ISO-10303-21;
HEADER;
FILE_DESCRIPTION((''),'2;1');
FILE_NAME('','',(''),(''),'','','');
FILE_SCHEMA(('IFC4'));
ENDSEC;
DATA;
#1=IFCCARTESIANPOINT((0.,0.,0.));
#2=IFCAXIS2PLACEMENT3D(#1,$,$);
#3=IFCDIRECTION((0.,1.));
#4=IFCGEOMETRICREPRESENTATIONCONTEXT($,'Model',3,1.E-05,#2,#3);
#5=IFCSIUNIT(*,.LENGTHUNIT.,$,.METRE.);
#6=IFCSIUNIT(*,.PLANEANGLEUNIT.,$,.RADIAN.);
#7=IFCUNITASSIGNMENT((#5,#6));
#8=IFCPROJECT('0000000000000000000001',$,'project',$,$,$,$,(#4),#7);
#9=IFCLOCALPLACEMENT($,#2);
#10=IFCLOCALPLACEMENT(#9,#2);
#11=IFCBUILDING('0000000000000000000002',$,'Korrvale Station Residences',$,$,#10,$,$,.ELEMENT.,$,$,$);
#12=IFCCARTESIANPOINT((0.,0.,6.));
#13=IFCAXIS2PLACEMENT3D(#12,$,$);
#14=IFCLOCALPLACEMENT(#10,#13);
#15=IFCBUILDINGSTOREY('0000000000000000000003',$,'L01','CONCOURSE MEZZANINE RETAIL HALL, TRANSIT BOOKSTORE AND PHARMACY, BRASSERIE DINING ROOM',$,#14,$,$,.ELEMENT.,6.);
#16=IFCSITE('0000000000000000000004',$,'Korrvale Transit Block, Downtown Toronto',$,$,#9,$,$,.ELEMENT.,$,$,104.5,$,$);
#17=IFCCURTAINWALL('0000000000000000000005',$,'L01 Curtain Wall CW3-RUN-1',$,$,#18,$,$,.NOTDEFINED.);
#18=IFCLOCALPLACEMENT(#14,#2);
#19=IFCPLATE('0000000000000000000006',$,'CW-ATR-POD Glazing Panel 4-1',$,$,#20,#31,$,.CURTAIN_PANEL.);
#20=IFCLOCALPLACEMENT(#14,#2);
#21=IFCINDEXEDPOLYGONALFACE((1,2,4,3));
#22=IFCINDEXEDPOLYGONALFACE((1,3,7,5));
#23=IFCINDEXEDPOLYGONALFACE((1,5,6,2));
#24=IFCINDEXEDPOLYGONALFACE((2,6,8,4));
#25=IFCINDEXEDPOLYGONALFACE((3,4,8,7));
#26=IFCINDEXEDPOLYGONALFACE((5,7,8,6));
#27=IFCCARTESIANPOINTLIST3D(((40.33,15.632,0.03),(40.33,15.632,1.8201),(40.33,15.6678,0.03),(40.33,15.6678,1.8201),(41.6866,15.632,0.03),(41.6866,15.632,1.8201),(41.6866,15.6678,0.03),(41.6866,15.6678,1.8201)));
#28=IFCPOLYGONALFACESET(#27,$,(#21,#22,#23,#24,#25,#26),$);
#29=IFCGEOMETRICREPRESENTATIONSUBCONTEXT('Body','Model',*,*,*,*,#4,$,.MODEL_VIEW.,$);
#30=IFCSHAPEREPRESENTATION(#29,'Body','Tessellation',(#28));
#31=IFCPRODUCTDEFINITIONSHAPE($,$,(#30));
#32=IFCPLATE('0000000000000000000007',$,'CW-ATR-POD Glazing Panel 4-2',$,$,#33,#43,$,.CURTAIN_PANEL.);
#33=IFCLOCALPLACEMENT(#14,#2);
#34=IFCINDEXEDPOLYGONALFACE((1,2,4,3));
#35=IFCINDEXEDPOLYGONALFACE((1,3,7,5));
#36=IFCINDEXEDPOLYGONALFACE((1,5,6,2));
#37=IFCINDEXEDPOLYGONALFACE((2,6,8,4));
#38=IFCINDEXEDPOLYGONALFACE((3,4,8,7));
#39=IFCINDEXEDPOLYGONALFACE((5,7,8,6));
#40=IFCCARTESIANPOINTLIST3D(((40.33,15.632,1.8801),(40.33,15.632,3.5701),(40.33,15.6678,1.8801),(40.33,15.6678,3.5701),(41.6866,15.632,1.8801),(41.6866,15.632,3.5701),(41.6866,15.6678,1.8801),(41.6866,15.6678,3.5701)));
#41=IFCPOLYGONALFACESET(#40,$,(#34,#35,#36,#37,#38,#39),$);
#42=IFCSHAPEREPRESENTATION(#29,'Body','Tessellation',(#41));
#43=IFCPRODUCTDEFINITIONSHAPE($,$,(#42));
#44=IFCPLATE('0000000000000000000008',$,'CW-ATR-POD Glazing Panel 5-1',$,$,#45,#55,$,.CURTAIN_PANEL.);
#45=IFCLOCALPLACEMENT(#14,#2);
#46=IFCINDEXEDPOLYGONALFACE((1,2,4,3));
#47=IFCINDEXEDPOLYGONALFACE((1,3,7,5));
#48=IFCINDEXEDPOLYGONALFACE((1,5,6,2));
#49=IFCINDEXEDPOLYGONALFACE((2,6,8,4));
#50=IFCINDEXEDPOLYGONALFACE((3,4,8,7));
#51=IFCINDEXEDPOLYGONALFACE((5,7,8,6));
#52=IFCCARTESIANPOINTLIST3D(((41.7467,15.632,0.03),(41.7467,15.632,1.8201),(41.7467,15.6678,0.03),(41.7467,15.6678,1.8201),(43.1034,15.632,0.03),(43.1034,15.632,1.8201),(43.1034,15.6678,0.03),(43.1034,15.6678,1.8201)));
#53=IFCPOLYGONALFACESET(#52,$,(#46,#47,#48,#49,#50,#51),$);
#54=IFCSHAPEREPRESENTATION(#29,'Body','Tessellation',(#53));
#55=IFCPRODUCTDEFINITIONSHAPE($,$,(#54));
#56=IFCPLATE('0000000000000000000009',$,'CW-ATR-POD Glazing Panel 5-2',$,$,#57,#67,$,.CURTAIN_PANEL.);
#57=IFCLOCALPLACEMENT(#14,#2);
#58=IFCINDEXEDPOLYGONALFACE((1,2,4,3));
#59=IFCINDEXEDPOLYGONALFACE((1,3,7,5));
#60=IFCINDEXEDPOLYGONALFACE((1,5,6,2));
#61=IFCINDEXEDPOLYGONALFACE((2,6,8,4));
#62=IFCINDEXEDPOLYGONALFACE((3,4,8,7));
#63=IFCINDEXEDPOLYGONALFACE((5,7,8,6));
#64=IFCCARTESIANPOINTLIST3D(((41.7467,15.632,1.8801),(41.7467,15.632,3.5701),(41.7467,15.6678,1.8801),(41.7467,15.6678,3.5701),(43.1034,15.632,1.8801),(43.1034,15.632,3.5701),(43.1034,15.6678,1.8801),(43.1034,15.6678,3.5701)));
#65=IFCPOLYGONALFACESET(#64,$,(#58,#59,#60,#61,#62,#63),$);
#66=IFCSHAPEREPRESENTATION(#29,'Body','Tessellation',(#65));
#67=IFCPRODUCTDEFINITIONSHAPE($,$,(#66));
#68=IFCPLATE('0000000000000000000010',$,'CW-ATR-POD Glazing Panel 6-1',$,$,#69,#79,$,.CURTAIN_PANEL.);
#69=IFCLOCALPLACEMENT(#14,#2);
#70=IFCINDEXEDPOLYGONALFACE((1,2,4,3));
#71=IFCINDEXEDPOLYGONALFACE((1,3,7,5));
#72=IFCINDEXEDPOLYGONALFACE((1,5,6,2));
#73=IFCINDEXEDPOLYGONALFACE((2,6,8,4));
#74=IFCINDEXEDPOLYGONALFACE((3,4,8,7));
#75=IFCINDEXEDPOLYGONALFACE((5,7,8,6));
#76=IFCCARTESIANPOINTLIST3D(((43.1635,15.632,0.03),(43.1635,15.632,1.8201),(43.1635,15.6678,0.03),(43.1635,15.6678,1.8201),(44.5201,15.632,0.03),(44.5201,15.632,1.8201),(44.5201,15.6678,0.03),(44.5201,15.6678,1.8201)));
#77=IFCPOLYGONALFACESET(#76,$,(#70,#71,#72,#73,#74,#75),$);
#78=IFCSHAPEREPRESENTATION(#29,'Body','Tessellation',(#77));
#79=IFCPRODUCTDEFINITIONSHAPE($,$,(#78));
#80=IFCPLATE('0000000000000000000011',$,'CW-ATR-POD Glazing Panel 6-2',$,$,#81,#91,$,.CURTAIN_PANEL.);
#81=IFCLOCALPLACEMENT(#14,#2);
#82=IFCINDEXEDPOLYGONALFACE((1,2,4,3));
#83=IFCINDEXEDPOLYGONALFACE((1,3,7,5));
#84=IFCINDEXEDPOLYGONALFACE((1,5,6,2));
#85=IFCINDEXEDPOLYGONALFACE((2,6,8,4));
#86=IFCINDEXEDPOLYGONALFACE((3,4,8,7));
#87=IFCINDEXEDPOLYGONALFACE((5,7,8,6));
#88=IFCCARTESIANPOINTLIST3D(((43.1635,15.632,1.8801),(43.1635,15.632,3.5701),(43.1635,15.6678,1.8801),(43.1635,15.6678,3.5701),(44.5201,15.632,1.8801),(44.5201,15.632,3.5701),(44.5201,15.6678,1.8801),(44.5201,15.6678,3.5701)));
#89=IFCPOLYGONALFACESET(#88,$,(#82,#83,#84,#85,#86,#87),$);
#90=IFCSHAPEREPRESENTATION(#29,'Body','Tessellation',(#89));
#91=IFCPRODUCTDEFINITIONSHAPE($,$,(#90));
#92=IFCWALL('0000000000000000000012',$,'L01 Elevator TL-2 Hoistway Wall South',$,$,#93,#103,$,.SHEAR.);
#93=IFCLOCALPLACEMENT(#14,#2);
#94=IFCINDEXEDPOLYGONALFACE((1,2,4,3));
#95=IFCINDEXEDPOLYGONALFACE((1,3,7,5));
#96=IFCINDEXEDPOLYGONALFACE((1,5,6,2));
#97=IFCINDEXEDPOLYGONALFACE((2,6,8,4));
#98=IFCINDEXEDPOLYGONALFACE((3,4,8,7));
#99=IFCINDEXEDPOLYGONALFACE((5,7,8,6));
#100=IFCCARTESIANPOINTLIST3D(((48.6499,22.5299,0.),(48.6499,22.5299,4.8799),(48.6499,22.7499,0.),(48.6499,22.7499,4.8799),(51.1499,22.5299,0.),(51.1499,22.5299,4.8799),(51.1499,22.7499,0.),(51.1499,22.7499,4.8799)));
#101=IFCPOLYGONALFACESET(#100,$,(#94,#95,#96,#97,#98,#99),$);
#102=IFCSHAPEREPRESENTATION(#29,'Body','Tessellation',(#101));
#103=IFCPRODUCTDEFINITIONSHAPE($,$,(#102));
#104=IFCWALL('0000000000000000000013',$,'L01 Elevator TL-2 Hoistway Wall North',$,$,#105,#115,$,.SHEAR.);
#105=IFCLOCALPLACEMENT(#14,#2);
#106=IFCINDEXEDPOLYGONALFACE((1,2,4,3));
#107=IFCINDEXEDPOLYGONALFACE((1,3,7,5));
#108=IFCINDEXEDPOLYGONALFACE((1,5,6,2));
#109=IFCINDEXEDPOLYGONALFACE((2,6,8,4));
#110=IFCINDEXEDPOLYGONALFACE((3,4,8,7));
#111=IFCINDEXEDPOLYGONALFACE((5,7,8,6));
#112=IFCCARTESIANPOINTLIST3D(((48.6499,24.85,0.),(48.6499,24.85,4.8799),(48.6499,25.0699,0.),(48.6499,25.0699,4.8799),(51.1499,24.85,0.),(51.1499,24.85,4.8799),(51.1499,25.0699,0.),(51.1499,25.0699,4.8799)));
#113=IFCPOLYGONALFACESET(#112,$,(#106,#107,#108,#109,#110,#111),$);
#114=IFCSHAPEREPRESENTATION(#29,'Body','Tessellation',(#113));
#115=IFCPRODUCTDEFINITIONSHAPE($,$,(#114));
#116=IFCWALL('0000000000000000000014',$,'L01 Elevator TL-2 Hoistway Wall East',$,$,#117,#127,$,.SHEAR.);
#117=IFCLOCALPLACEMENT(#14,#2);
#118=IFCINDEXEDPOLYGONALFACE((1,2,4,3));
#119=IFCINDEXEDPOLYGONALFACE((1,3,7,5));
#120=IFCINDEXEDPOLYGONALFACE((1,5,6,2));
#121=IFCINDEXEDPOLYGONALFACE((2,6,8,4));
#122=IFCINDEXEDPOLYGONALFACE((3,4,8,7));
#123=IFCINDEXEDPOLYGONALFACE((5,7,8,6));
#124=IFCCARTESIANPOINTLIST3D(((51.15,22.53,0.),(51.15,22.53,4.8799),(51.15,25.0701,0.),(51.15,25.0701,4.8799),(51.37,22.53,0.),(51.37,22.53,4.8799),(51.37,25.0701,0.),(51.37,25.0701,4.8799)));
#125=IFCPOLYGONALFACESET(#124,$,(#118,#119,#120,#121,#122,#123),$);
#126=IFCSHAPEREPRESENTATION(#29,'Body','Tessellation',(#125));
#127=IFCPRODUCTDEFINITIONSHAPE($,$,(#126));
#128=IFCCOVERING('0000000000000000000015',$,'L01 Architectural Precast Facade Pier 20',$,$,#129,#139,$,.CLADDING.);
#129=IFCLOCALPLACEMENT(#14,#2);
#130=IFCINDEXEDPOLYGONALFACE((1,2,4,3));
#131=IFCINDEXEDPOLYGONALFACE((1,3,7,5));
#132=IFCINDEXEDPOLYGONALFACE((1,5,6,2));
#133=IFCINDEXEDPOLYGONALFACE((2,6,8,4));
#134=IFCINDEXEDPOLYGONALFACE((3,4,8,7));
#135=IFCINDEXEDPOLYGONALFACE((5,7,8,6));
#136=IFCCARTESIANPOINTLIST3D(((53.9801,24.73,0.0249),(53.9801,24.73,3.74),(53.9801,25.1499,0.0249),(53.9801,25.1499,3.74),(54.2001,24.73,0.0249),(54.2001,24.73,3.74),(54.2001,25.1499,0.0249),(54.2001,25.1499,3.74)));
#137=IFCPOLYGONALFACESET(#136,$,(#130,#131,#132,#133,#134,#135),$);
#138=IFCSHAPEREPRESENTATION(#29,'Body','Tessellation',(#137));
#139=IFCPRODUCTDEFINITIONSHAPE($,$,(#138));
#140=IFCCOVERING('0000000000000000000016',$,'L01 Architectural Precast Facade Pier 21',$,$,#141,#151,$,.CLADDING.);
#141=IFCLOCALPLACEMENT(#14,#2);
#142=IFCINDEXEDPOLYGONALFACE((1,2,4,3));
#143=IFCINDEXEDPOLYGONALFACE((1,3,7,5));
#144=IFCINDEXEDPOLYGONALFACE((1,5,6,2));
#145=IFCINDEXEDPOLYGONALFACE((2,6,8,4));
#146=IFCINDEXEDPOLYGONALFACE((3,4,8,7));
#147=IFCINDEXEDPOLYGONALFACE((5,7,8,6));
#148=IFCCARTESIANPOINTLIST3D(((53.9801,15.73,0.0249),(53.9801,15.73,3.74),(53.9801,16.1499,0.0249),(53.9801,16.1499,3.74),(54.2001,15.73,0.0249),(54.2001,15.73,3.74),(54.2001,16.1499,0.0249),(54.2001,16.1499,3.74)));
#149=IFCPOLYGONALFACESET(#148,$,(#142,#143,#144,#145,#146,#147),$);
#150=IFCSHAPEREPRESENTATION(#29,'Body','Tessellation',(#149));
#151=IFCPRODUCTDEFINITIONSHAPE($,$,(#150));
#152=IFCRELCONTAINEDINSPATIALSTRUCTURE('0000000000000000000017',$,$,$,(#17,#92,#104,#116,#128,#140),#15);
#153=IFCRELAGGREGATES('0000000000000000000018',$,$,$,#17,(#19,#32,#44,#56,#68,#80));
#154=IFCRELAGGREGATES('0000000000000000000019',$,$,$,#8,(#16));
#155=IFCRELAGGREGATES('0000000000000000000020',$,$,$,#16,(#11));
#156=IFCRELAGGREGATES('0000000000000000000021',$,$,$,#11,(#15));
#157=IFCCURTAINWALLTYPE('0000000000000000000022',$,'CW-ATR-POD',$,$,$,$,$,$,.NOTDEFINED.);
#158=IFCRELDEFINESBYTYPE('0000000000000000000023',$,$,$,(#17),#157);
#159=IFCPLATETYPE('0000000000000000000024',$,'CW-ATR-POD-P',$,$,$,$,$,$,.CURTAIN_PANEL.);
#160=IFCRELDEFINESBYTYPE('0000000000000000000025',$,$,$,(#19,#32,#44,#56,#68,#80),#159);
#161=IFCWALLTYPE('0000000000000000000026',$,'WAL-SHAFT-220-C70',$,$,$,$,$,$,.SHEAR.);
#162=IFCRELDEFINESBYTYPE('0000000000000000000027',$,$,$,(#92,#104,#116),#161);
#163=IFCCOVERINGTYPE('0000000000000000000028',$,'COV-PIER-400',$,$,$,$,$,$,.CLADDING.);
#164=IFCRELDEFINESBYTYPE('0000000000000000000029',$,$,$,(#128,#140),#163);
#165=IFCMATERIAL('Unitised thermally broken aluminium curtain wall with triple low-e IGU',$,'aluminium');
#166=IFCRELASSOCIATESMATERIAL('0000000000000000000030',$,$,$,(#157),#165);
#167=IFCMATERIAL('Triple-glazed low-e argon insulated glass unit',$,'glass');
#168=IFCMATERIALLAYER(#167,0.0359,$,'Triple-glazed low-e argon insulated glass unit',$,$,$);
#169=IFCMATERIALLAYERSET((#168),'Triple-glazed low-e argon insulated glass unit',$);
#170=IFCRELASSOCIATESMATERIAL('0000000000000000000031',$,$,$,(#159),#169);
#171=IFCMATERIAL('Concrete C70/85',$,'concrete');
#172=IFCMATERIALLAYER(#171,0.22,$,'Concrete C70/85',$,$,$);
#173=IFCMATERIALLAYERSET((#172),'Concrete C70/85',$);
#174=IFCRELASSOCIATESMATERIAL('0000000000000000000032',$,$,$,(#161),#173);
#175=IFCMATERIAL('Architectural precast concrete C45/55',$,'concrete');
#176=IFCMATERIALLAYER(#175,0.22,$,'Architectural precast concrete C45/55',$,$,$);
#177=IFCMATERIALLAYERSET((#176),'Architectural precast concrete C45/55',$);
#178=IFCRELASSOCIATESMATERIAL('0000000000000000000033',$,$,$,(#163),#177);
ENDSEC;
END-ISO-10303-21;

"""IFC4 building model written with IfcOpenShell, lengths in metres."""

from ifc_helpers import new_model, si_unit, direction, frame, frame_2d, origin, origin_2d, place, context, subcontext, project, spatial, rectangle, extrude, material, layer, layer_set, type_object, element, aggregate, save


model = new_model("IFC4")

# Units and contexts
model_context = context("Model", 3, precision=1e-05, world=origin(), true_north=direction((0.0, 1.0)))
body_context = subcontext(model_context, "Body", "Model", "MODEL_VIEW")
ifc_project = project(units=[si_unit("LENGTHUNIT", "METRE"), si_unit("PLANEANGLEUNIT", "RADIAN")], contexts=[model_context])

# Site, building, storey
site_placement = place(None, origin())
site = spatial("IfcSite", under=ifc_project, at=site_placement, Name="Korrvale Transit Block, Downtown Toronto", CompositionType="ELEMENT", RefElevation=104.5)
building_placement = place(site_placement, origin())
building = spatial("IfcBuilding", under=site, at=building_placement, Name="Korrvale Station Residences", CompositionType="ELEMENT")
storey_placement = place(building_placement, frame((0.0, 0.0, 6.0)))
storey = spatial("IfcBuildingStorey", under=building, at=storey_placement, Name="L01", Description="CONCOURSE MEZZANINE RETAIL HALL, TRANSIT BOOKSTORE AND PHARMACY, BRASSERIE DINING ROOM", CompositionType="ELEMENT", Elevation=6.0)

# Shared definitions
ifc_material_1 = material(Name="Concrete C70/85", Category="concrete")

# Curtain wall, plates
ifc_material_2 = material(Name="Unitised thermally broken aluminium curtain wall with triple low-e IGU", Category="aluminium")
curtain_wall_type = type_object("IfcCurtainWallType", Name="CW-ATR-POD", PredefinedType="NOTDEFINED", material=ifc_material_2)
curtain_wall_placement = place(storey_placement, origin())
curtain_wall = element("IfcCurtainWall", 1, at=curtain_wall_placement, inside=storey, type_object=curtain_wall_type, Name="L01 Curtain Wall CW3-RUN-1", PredefinedType="NOTDEFINED")
ifc_material_3 = material(Name="Triple-glazed low-e argon insulated glass unit", Category="glass")
ifc_layer_1 = layer(ifc_material_3, 0.0359, Name="Triple-glazed low-e argon insulated glass unit")
ifc_layer_set_1 = layer_set([ifc_layer_1], Name="Triple-glazed low-e argon insulated glass unit")
plate_type = type_object("IfcPlateType", Name="CW-ATR-POD-P", PredefinedType="CURTAIN_PANEL", material=ifc_layer_set_1)
plate_1_placement = place(storey_placement, frame((41.0083, 15.6499, 0.03), z_axis=(0.0, 0.0, 1.0), x_axis=(1.0, 0.0, 0.0)))
plate_1 = element("IfcPlate", 2, at=plate_1_placement, type_object=plate_type, Name="CW-ATR-POD Glazing Panel 4-1", PredefinedType="CURTAIN_PANEL", context=body_context, shape_type="SweptSolid", body=[
    extrude(rectangle(XDim=1.3567, YDim=0.0359, at=origin_2d()), origin(), (0.0, 0.0, 1.0), 1.79),
])
plate_2_placement = place(storey_placement, frame((41.0083, 15.6499, 1.8801), z_axis=(0.0, 0.0, 1.0), x_axis=(1.0, 0.0, 0.0)))
plate_2 = element("IfcPlate", 3, at=plate_2_placement, type_object=plate_type, Name="CW-ATR-POD Glazing Panel 4-2", PredefinedType="CURTAIN_PANEL", context=body_context, shape_type="SweptSolid", body=[
    extrude(rectangle(XDim=1.3567, YDim=0.0359, at=origin_2d()), origin(), (0.0, 0.0, 1.0), 1.6899),
])
plate_3_placement = place(storey_placement, frame((42.425, 15.6499, 0.03), z_axis=(0.0, 0.0, 1.0), x_axis=(1.0, 0.0, 0.0)))
plate_3 = element("IfcPlate", 4, at=plate_3_placement, type_object=plate_type, Name="CW-ATR-POD Glazing Panel 5-1", PredefinedType="CURTAIN_PANEL", context=body_context, shape_type="SweptSolid", body=[
    extrude(rectangle(XDim=1.3567, YDim=0.0359, at=origin_2d()), origin(), (0.0, 0.0, 1.0), 1.79),
])
plate_4_placement = place(storey_placement, frame((42.425, 15.6499, 1.8801), z_axis=(0.0, 0.0, 1.0), x_axis=(1.0, 0.0, 0.0)))
plate_4 = element("IfcPlate", 5, at=plate_4_placement, type_object=plate_type, Name="CW-ATR-POD Glazing Panel 5-2", PredefinedType="CURTAIN_PANEL", context=body_context, shape_type="SweptSolid", body=[
    extrude(rectangle(XDim=1.3567, YDim=0.0359, at=origin_2d()), origin(), (0.0, 0.0, 1.0), 1.6899),
])
plate_5_placement = place(storey_placement, frame((43.8418, 15.6499, 0.03), z_axis=(0.0, 0.0, 1.0), x_axis=(1.0, 0.0, 0.0)))
plate_5 = element("IfcPlate", 6, at=plate_5_placement, type_object=plate_type, Name="CW-ATR-POD Glazing Panel 6-1", PredefinedType="CURTAIN_PANEL", context=body_context, shape_type="SweptSolid", body=[
    extrude(rectangle(XDim=1.3567, YDim=0.0359, at=origin_2d()), origin(), (0.0, 0.0, 1.0), 1.79),
])
plate_6_placement = place(storey_placement, frame((43.8418, 15.6499, 1.8801), z_axis=(0.0, 0.0, 1.0), x_axis=(1.0, 0.0, 0.0)))
plate_6 = element("IfcPlate", 7, at=plate_6_placement, type_object=plate_type, Name="CW-ATR-POD Glazing Panel 6-2", PredefinedType="CURTAIN_PANEL", context=body_context, shape_type="SweptSolid", body=[
    extrude(rectangle(XDim=1.3567, YDim=0.0359, at=origin_2d()), origin(), (0.0, 0.0, 1.0), 1.6899),
])
aggregate(curtain_wall, [plate_1, plate_2, plate_3, plate_4, plate_5, plate_6])

# Walls
ifc_layer_2 = layer(ifc_material_1, 0.22, Name="Concrete C70/85")
ifc_layer_set_2 = layer_set([ifc_layer_2], Name="Concrete C70/85")
wall_type = type_object("IfcWallType", Name="WAL-SHAFT-220-C70", PredefinedType="SHEAR", material=ifc_layer_set_2)
for number, where, z_axis, x_axis, name in (
    (8, (48.6499, 22.6399, 0.0), (0.0, 0.0, 1.0), (1.0, 0.0, 0.0), "L01 Elevator TL-2 Hoistway Wall South"),
    (9, (48.6499, 24.96, 0.0), (0.0, 0.0, 1.0), (1.0, 0.0, 0.0), "L01 Elevator TL-2 Hoistway Wall North"),
):
    element("IfcWall", number, at=place(storey_placement, frame(where, z_axis=z_axis, x_axis=x_axis)), inside=storey, type_object=wall_type, Name=name, PredefinedType="SHEAR", context=body_context, shape_type="SweptSolid", body=[
        extrude(rectangle(XDim=2.5, YDim=0.22, at=frame_2d((1.25, 0.0))), origin(), (0.0, 0.0, 1.0), 4.8799),
    ])

# Wall
wall_1_placement = place(storey_placement, frame((51.26, 22.53, 0.0), z_axis=(0.0, 0.0, 1.0), x_axis=(0.0, 1.0, 0.0)))
element("IfcWall", 10, at=wall_1_placement, inside=storey, type_object=wall_type, Name="L01 Elevator TL-2 Hoistway Wall East", PredefinedType="SHEAR", context=body_context, shape_type="SweptSolid", body=[
    extrude(rectangle(XDim=2.54, YDim=0.22, at=frame_2d((1.27, 0.0))), origin(), (0.0, 0.0, 1.0), 4.8799),
])

# Coverings
ifc_material_4 = material(Name="Architectural precast concrete C45/55", Category="concrete")
ifc_layer_3 = layer(ifc_material_4, 0.22, Name="Architectural precast concrete C45/55")
ifc_layer_set_3 = layer_set([ifc_layer_3], Name="Architectural precast concrete C45/55")
covering_type = type_object("IfcCoveringType", Name="COV-PIER-400", PredefinedType="CLADDING", material=ifc_layer_set_3)
for number, where, z_axis, x_axis, name in (
    (11, (54.0901, 24.9399, 0.0249), (0.0, 0.0, 1.0), (0.0, 1.0, 0.0), "L01 Architectural Precast Facade Pier 20"),
    (12, (54.0901, 15.9399, 0.0249), (0.0, 0.0, 1.0), (0.0, 1.0, 0.0), "L01 Architectural Precast Facade Pier 21"),
):
    element("IfcCovering", number, at=place(storey_placement, frame(where, z_axis=z_axis, x_axis=x_axis)), inside=storey, type_object=covering_type, Name=name, PredefinedType="CLADDING", context=body_context, shape_type="SweptSolid", body=[
        extrude(rectangle(XDim=0.4199, YDim=0.22, at=origin_2d()), origin(), (0.0, 0.0, 1.0), 3.7151),
    ])

save(model, "model.ifc")
